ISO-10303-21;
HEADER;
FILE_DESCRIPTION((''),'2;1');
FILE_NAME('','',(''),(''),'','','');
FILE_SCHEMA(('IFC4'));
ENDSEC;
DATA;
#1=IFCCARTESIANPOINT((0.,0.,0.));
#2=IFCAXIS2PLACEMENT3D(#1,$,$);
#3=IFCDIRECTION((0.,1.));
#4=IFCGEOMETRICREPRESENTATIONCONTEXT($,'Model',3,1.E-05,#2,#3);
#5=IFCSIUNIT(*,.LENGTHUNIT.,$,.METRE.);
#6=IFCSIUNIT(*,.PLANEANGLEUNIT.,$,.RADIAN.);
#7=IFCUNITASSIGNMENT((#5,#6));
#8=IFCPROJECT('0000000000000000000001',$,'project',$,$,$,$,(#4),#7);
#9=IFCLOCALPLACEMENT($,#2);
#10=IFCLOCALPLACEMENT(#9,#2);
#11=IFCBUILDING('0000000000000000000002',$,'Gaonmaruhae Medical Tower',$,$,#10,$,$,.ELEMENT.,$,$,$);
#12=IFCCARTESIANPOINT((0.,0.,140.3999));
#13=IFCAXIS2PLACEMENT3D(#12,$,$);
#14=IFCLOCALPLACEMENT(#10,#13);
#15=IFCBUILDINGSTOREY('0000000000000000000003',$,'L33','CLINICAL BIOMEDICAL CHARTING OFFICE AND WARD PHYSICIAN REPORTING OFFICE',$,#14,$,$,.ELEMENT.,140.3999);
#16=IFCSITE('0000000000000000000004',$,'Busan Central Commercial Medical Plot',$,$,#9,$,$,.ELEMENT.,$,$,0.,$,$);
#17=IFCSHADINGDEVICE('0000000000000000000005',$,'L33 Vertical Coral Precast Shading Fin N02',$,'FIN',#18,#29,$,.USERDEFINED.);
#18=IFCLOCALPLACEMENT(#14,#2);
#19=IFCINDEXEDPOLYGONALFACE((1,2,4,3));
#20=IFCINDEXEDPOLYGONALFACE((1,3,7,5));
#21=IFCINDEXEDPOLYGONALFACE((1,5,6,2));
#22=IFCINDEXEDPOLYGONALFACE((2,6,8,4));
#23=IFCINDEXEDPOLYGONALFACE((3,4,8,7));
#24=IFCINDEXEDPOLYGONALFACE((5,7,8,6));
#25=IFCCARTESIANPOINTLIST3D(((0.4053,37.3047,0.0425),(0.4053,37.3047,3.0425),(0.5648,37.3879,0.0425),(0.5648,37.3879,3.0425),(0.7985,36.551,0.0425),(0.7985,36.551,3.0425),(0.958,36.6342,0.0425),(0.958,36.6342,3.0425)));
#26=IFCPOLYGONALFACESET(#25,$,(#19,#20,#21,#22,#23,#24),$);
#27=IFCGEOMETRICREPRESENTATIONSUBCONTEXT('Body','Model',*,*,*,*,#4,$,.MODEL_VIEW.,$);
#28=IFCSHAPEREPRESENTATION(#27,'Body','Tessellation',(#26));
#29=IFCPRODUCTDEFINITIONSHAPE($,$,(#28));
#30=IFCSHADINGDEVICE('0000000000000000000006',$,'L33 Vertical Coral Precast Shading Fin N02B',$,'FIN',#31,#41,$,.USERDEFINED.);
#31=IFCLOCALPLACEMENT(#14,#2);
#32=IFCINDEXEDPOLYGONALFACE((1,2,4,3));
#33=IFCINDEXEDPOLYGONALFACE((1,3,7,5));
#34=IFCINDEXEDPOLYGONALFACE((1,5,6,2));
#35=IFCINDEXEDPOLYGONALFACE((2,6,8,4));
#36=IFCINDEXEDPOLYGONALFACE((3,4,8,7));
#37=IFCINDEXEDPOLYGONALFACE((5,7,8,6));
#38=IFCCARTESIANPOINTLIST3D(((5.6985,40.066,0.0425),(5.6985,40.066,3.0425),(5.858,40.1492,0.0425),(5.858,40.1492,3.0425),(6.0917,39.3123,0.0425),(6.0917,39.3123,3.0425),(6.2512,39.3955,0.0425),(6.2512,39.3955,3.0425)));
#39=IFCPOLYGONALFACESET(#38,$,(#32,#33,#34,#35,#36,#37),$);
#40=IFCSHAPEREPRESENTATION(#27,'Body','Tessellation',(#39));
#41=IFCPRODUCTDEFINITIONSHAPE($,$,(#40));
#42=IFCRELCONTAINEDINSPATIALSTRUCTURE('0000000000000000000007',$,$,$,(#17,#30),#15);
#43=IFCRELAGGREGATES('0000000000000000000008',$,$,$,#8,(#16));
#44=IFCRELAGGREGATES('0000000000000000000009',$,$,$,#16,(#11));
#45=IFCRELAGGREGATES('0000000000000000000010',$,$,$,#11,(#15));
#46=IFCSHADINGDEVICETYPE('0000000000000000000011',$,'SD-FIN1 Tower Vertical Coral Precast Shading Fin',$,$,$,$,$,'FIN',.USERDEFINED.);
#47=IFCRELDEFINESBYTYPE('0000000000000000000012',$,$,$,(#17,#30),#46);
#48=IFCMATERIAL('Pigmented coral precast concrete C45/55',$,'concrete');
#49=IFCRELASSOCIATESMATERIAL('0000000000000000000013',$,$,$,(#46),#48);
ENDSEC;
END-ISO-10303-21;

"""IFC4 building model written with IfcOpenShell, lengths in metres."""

from ifc_helpers import new_model, si_unit, direction, frame, origin, origin_2d, place, context, subcontext, project, spatial, rectangle, extrude, material, type_object, element, save


model = new_model("IFC4")

# Units and contexts
model_context = context("Model", 3, precision=1e-05, world=origin(), true_north=direction((0.0, 1.0)))
body_context = subcontext(model_context, "Body", "Model", "MODEL_VIEW")
ifc_project = project(units=[si_unit("LENGTHUNIT", "METRE"), si_unit("PLANEANGLEUNIT", "RADIAN")], contexts=[model_context])

# Site, building, storey
site_placement = place(None, origin())
site = spatial("IfcSite", under=ifc_project, at=site_placement, Name="Busan Central Commercial Medical Plot", CompositionType="ELEMENT", RefElevation=0.0)
building_placement = place(site_placement, origin())
building = spatial("IfcBuilding", under=site, at=building_placement, Name="Gaonmaruhae Medical Tower", CompositionType="ELEMENT")
storey_placement = place(building_placement, frame((0.0, 0.0, 140.3999)))
storey = spatial("IfcBuildingStorey", under=building, at=storey_placement, Name="L33", Description="CLINICAL BIOMEDICAL CHARTING OFFICE AND WARD PHYSICIAN REPORTING OFFICE", CompositionType="ELEMENT", Elevation=140.3999)

# Shading devices
ifc_material_1 = material(Name="Pigmented coral precast concrete C45/55", Category="concrete")
shading_device_type = type_object("IfcShadingDeviceType", Name="SD-FIN1 Tower Vertical Coral Precast Shading Fin", ElementType="FIN", PredefinedType="USERDEFINED", material=ifc_material_1)
for number, where, z_axis, x_axis, name in (
    (1, (0.6816, 36.9695, 0.0425), (0.0, 0.0, 1.0), (0.886608, 0.462523, 0.0), "L33 Vertical Coral Precast Shading Fin N02"),
    (2, (5.9749, 39.7307, 0.0425), (0.0, 0.0, 1.0), (0.886608, 0.462523, 0.0), "L33 Vertical Coral Precast Shading Fin N02B"),
):
    element("IfcShadingDevice", number, at=place(storey_placement, frame(where, z_axis=z_axis, x_axis=x_axis)), inside=storey, type_object=shading_device_type, Name=name, ObjectType="FIN", PredefinedType="USERDEFINED", context=body_context, shape_type="SweptSolid", body=[
        extrude(rectangle(XDim=0.1799, YDim=0.8501, at=origin_2d()), origin(), (0.0, 0.0, 1.0), 3.0),
    ])

save(model, "model.ifc")
